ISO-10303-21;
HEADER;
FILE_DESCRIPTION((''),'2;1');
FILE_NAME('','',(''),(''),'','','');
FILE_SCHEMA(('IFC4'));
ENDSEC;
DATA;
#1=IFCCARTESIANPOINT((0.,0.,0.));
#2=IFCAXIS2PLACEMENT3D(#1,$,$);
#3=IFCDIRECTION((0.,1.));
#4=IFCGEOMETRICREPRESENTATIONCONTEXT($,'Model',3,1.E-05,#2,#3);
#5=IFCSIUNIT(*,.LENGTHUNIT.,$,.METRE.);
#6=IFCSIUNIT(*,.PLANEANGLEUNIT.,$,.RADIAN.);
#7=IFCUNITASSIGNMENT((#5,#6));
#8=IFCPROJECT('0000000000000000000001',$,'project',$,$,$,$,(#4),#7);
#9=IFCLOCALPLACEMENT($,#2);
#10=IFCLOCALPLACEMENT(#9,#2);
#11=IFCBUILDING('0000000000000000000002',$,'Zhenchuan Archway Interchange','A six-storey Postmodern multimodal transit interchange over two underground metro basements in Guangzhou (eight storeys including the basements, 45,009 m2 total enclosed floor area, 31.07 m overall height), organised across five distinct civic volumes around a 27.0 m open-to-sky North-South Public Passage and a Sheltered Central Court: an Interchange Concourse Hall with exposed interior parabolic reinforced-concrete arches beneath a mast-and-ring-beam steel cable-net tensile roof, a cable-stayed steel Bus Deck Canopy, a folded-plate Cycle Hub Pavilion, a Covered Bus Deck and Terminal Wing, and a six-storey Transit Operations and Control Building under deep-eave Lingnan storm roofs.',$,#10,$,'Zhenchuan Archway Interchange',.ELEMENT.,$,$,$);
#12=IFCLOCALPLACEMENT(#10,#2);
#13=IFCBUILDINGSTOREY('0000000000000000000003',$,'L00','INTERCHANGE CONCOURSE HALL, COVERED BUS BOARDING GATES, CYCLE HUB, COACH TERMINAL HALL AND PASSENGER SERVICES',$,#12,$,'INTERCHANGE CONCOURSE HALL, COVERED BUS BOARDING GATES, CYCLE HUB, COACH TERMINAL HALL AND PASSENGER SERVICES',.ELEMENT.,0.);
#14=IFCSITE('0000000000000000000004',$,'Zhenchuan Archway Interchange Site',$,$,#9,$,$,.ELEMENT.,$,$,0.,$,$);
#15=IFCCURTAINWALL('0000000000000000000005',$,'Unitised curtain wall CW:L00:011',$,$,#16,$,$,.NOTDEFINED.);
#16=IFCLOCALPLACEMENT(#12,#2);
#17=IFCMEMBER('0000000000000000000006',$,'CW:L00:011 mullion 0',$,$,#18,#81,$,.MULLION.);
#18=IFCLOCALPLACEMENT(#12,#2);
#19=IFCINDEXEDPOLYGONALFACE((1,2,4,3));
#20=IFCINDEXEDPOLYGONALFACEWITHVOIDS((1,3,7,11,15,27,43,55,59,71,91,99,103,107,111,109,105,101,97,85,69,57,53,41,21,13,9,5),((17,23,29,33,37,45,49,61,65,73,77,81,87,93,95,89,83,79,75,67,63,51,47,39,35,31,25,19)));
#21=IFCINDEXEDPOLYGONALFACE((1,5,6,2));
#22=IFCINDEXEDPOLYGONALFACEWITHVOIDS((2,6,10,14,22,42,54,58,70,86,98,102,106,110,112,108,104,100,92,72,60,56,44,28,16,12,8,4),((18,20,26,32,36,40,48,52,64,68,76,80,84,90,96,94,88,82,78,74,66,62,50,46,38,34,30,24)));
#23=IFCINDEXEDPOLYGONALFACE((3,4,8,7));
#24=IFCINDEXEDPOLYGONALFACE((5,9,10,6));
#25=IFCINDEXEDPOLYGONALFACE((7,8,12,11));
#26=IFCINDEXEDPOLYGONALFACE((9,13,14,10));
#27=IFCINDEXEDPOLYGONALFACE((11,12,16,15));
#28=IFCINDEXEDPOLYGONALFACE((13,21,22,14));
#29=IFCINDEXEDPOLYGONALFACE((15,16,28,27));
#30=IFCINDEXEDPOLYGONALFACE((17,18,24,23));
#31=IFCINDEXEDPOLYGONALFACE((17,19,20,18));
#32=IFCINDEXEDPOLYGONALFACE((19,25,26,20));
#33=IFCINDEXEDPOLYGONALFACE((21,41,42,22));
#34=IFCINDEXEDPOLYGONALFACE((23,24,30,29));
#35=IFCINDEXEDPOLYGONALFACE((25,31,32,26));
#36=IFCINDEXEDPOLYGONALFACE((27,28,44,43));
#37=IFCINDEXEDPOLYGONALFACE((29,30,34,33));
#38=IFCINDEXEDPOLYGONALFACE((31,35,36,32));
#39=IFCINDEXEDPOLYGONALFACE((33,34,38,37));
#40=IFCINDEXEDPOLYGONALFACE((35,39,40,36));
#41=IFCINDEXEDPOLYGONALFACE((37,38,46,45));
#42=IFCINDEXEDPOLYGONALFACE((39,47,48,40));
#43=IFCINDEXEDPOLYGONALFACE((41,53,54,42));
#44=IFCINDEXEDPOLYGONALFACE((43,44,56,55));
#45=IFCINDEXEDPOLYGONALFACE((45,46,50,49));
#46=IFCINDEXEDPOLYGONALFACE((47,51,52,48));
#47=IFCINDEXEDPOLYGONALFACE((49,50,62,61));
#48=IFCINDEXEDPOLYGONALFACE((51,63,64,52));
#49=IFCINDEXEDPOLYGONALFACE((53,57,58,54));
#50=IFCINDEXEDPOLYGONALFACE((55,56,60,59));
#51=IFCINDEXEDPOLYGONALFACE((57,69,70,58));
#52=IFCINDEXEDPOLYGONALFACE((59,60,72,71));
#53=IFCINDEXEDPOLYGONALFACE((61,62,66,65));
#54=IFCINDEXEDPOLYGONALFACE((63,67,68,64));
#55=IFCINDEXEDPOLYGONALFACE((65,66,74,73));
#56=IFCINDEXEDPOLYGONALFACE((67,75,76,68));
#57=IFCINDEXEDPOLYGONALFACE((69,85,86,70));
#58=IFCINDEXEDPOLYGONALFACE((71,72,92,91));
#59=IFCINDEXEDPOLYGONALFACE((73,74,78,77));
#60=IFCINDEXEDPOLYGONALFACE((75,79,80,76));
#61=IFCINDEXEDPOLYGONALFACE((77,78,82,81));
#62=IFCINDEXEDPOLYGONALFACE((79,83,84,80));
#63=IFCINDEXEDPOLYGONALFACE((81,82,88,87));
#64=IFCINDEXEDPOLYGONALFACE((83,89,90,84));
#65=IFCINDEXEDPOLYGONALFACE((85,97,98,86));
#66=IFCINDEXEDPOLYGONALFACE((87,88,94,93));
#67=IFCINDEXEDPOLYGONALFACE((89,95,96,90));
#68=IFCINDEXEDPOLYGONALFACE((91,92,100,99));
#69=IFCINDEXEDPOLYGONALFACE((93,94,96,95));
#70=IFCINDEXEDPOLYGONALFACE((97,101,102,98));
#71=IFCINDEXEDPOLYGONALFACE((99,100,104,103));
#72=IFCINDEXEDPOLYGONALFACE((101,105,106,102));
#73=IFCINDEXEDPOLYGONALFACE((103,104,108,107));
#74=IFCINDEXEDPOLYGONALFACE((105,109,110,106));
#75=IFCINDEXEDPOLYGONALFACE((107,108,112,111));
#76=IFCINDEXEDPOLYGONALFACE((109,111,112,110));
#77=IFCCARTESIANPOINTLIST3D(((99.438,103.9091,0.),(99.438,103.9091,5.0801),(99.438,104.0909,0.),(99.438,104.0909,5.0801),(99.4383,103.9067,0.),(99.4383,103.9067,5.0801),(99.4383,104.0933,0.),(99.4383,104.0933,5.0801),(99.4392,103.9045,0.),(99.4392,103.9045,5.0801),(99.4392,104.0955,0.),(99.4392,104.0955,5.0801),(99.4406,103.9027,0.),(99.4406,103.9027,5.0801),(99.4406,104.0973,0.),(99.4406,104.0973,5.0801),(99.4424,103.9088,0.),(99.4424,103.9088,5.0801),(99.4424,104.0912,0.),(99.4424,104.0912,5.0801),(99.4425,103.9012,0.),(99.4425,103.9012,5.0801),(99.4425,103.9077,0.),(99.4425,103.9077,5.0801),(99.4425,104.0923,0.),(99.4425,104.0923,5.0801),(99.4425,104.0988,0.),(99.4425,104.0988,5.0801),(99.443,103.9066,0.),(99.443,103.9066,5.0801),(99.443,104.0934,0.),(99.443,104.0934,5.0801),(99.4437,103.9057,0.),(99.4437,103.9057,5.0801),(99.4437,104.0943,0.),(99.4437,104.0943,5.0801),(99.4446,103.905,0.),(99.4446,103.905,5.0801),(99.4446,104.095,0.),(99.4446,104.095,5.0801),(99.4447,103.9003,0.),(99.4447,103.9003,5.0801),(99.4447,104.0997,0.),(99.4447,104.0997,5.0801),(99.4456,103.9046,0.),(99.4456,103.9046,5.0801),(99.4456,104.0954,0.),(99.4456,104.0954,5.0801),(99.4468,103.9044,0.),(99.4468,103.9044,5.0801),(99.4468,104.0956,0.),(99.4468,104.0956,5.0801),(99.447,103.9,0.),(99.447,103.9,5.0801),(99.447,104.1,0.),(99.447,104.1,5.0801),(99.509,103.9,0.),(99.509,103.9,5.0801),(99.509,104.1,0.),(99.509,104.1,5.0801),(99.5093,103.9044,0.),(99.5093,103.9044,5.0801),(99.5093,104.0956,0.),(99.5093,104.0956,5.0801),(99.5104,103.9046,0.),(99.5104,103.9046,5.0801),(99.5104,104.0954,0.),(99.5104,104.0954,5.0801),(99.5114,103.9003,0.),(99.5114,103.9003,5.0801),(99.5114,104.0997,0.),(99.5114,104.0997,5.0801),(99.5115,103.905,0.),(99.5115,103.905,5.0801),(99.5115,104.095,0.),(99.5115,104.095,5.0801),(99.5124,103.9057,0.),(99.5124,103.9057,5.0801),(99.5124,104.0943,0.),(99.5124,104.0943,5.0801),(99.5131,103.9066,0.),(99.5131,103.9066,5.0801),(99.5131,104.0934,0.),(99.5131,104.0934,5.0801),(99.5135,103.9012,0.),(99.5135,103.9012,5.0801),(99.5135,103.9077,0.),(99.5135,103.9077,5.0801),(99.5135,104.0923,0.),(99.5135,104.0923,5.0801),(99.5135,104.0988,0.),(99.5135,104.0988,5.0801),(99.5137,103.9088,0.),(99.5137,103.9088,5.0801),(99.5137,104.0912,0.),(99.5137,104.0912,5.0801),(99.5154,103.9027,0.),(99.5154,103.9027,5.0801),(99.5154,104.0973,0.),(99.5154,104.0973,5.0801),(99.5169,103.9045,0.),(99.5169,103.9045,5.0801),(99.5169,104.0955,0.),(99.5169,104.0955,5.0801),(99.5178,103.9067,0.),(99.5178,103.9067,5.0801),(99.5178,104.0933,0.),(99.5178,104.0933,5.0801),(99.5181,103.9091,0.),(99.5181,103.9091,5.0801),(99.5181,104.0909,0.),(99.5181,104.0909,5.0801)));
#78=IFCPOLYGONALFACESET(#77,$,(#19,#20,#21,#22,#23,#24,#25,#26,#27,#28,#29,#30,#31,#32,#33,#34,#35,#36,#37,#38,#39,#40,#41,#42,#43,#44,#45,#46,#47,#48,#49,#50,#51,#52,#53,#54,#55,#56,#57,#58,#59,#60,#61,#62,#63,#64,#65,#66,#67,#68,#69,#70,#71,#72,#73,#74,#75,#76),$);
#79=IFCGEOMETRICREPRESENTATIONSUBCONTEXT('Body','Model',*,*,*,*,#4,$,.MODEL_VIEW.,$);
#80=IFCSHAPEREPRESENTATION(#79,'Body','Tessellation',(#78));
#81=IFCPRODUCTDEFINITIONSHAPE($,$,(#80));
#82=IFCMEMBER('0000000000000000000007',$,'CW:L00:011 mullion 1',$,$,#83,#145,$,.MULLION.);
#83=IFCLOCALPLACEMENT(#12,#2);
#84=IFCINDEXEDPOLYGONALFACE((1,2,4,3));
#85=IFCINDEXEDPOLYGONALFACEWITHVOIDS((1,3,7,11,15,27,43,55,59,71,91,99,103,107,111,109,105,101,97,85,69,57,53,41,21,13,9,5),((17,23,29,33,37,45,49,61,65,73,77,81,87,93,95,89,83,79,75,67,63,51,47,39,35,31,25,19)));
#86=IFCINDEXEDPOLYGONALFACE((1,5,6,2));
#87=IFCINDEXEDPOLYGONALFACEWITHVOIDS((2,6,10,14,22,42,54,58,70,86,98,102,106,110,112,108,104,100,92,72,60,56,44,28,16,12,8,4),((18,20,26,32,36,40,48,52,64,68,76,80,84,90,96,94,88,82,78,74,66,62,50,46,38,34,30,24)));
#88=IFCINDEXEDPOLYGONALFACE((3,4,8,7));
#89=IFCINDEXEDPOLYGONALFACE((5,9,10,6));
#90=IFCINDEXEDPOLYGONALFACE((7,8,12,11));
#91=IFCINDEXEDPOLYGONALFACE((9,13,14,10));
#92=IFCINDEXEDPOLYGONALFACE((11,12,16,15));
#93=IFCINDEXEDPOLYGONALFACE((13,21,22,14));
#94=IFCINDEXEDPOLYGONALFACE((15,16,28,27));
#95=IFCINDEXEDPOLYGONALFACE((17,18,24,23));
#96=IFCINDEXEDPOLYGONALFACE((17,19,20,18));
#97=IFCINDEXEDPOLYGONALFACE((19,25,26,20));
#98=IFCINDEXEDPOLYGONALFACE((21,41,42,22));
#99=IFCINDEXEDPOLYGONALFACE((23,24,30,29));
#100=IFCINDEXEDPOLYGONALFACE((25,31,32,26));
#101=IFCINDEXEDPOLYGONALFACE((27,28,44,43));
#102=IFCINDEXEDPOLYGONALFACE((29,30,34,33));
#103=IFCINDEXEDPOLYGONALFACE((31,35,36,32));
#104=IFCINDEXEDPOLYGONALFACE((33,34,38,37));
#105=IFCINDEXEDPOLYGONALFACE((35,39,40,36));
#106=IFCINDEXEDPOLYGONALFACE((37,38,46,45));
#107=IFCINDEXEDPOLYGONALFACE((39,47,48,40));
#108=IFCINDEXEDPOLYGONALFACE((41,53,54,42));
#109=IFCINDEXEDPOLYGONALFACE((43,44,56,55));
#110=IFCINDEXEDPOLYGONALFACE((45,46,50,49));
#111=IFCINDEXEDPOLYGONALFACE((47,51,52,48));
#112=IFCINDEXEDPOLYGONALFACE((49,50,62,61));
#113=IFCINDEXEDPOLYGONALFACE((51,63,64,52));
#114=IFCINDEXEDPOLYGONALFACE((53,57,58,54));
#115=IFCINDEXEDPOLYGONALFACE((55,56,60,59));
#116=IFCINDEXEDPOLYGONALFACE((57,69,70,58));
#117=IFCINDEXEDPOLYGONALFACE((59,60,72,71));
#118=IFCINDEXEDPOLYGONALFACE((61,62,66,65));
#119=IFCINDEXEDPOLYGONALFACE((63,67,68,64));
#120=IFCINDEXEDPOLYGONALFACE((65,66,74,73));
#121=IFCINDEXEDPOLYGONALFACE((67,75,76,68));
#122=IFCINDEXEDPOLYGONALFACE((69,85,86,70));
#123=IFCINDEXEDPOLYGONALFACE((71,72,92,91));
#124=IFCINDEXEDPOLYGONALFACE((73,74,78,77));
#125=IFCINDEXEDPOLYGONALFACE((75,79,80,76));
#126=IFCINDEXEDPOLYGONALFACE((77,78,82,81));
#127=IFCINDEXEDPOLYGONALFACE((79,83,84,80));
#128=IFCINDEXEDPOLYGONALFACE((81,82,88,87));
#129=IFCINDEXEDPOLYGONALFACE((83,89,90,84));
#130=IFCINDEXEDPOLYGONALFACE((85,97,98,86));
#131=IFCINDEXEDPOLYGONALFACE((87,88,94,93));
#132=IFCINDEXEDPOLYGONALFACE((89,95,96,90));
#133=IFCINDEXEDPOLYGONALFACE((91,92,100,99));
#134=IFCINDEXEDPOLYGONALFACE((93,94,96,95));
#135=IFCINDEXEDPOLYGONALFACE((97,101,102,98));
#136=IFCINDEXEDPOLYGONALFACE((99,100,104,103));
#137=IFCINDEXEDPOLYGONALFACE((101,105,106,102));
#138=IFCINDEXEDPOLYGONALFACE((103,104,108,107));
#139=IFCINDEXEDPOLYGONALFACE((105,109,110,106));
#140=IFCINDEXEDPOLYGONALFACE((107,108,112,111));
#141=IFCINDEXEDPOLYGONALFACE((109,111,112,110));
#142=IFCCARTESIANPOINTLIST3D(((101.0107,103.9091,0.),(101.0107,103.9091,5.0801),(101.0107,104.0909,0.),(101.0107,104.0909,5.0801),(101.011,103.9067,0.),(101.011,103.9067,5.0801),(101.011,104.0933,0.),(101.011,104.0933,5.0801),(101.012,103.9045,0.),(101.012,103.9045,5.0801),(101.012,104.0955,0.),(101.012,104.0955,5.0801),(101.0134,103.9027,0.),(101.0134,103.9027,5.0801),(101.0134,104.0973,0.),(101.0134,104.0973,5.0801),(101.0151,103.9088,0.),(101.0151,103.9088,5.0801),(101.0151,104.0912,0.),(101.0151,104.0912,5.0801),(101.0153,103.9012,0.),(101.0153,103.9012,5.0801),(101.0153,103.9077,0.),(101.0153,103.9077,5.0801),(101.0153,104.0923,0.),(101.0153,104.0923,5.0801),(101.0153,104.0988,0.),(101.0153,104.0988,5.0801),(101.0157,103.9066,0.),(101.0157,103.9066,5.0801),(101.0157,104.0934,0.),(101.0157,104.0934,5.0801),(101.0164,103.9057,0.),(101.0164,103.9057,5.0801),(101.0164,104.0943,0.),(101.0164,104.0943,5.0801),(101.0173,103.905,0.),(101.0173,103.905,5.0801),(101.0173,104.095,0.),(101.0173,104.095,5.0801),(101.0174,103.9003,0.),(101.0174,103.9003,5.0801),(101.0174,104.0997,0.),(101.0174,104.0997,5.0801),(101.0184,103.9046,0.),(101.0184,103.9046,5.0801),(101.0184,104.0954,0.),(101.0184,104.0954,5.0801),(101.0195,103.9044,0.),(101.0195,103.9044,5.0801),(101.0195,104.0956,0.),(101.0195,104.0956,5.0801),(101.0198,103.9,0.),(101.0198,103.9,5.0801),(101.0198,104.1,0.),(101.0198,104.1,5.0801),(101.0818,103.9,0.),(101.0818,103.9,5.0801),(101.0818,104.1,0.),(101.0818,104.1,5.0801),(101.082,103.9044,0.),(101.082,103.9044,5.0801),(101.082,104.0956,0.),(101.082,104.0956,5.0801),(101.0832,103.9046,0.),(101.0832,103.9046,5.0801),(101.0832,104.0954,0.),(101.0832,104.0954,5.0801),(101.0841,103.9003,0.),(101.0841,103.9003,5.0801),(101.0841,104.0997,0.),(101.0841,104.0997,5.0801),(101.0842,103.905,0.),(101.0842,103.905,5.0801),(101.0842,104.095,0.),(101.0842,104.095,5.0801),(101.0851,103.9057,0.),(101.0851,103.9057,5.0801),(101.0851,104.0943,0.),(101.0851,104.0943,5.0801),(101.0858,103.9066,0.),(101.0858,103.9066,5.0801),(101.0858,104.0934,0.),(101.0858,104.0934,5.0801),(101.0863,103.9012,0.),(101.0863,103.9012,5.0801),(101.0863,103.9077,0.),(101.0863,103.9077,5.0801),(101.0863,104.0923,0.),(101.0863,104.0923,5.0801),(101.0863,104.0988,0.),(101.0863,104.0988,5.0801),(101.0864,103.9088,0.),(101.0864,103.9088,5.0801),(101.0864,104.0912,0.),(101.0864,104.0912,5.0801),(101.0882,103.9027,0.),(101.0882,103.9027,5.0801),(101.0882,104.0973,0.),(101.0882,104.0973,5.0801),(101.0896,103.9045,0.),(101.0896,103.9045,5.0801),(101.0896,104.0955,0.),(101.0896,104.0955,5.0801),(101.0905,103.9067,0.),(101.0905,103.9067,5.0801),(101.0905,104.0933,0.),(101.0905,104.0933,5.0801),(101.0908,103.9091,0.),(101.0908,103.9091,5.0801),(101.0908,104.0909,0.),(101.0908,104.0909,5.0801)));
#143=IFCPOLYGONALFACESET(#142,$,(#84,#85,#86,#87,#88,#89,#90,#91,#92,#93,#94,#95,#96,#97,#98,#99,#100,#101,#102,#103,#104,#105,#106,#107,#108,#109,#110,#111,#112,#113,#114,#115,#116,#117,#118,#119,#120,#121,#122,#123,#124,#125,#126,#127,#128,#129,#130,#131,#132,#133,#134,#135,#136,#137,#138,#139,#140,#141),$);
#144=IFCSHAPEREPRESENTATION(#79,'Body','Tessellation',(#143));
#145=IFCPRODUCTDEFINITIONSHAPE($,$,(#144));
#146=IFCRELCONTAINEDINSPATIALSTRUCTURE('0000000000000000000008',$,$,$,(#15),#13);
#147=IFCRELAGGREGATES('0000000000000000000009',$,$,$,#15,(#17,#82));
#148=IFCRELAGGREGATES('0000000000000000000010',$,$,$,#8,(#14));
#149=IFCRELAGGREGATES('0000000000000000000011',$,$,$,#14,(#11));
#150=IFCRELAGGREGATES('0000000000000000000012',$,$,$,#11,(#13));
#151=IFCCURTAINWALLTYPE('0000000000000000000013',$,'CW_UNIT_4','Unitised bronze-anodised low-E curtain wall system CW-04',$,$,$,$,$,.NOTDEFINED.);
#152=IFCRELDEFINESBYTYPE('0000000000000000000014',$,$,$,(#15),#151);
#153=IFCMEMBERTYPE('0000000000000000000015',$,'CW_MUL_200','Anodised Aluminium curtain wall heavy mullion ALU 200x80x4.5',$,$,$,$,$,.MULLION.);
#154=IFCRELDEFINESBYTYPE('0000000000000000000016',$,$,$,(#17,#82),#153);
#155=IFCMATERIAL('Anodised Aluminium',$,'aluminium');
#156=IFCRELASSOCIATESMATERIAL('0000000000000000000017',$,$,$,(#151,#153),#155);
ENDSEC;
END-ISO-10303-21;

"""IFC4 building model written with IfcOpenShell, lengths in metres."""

from ifc_helpers import new_model, si_unit, direction, frame, origin, origin_2d, place, context, subcontext, project, spatial, hollow_rectangle, extrude, material, material_profile, profile_set, type_object, element, aggregate, save


model = new_model("IFC4")

# Units and contexts
model_context = context("Model", 3, precision=1e-05, world=origin(), true_north=direction((0.0, 1.0)))
body_context = subcontext(model_context, "Body", "Model", "MODEL_VIEW")
ifc_project = project(units=[si_unit("LENGTHUNIT", "METRE"), si_unit("PLANEANGLEUNIT", "RADIAN")], contexts=[model_context])

# Site, building, storey
site_placement = place(None, origin())
site = spatial("IfcSite", under=ifc_project, at=site_placement, Name="Zhenchuan Archway Interchange Site", CompositionType="ELEMENT", RefElevation=0.0)
building_placement = place(site_placement, origin())
building = spatial("IfcBuilding", under=site, at=building_placement, Name="Zhenchuan Archway Interchange", Description="A six-storey Postmodern multimodal transit interchange over two underground metro basements in Guangzhou (eight storeys including the basements, 45,009 m2 total enclosed floor area, 31.07 m overall height), organised across five distinct civic volumes around a 27.0 m open-to-sky North-South Public Passage and a Sheltered Central Court: an Interchange Concourse Hall with exposed interior parabolic reinforced-concrete arches beneath a mast-and-ring-beam steel cable-net tensile roof, a cable-stayed steel Bus Deck Canopy, a folded-plate Cycle Hub Pavilion, a Covered Bus Deck and Terminal Wing, and a six-storey Transit Operations and Control Building under deep-eave Lingnan storm roofs.", LongName="Zhenchuan Archway Interchange", CompositionType="ELEMENT")
storey_placement = place(building_placement, origin())
storey = spatial("IfcBuildingStorey", under=building, at=storey_placement, Name="L00", Description="INTERCHANGE CONCOURSE HALL, COVERED BUS BOARDING GATES, CYCLE HUB, COACH TERMINAL HALL AND PASSENGER SERVICES", LongName="INTERCHANGE CONCOURSE HALL, COVERED BUS BOARDING GATES, CYCLE HUB, COACH TERMINAL HALL AND PASSENGER SERVICES", CompositionType="ELEMENT", Elevation=0.0)

# Curtain wall, members
ifc_material_1 = material(Name="Anodised Aluminium", Category="aluminium")
curtain_wall_type = type_object("IfcCurtainWallType", Name="CW_UNIT_4", Description="Unitised bronze-anodised low-E curtain wall system CW-04", PredefinedType="NOTDEFINED", material=ifc_material_1)
curtain_wall_placement = place(storey_placement, origin())
curtain_wall = element("IfcCurtainWall", 1, at=curtain_wall_placement, inside=storey, type_object=curtain_wall_type, Name="Unitised curtain wall CW:L00:011", PredefinedType="NOTDEFINED")
ifc_material_profile_1 = material_profile(ifc_material_1, hollow_rectangle(XDim=0.0801, YDim=0.2, WallThickness=0.0044, InnerFilletRadius=0.0044, OuterFilletRadius=0.009, at=origin_2d()), Name="ALU 200x80x4.5")
ifc_profile_set_1 = profile_set([ifc_material_profile_1], Name="Anodised Aluminium")
member_type_1 = type_object("IfcMemberType", Name="CW_MUL_200", Description="Anodised Aluminium curtain wall heavy mullion ALU 200x80x4.5", PredefinedType="MULLION", material=ifc_profile_set_1)
member_1_placement = place(storey_placement, frame((99.478, 104.0, 0.0), z_axis=(0.0, 0.0, 1.0), x_axis=(1.0, 0.0, 0.0)))
member_1 = element("IfcMember", 2, at=member_1_placement, type_object=member_type_1, Name="CW:L00:011 mullion 0", PredefinedType="MULLION", context=body_context, shape_type="SweptSolid", body=[
    extrude(hollow_rectangle(XDim=0.0801, YDim=0.2, WallThickness=0.0044, InnerFilletRadius=0.0044, OuterFilletRadius=0.009, at=origin_2d()), origin(), (0.0, 0.0, 1.0), 5.0801),
])
member_2_placement = place(storey_placement, frame((101.0508, 104.0, 0.0), z_axis=(0.0, 0.0, 1.0), x_axis=(1.0, 0.0, 0.0)))
member_2 = element("IfcMember", 3, at=member_2_placement, type_object=member_type_1, Name="CW:L00:011 mullion 1", PredefinedType="MULLION", context=body_context, shape_type="SweptSolid", body=[
    extrude(hollow_rectangle(XDim=0.0801, YDim=0.2, WallThickness=0.0044, InnerFilletRadius=0.0044, OuterFilletRadius=0.009, at=origin_2d()), origin(), (0.0, 0.0, 1.0), 5.0801),
])

aggregate(curtain_wall, [member_1, member_2])

save(model, "model.ifc")
